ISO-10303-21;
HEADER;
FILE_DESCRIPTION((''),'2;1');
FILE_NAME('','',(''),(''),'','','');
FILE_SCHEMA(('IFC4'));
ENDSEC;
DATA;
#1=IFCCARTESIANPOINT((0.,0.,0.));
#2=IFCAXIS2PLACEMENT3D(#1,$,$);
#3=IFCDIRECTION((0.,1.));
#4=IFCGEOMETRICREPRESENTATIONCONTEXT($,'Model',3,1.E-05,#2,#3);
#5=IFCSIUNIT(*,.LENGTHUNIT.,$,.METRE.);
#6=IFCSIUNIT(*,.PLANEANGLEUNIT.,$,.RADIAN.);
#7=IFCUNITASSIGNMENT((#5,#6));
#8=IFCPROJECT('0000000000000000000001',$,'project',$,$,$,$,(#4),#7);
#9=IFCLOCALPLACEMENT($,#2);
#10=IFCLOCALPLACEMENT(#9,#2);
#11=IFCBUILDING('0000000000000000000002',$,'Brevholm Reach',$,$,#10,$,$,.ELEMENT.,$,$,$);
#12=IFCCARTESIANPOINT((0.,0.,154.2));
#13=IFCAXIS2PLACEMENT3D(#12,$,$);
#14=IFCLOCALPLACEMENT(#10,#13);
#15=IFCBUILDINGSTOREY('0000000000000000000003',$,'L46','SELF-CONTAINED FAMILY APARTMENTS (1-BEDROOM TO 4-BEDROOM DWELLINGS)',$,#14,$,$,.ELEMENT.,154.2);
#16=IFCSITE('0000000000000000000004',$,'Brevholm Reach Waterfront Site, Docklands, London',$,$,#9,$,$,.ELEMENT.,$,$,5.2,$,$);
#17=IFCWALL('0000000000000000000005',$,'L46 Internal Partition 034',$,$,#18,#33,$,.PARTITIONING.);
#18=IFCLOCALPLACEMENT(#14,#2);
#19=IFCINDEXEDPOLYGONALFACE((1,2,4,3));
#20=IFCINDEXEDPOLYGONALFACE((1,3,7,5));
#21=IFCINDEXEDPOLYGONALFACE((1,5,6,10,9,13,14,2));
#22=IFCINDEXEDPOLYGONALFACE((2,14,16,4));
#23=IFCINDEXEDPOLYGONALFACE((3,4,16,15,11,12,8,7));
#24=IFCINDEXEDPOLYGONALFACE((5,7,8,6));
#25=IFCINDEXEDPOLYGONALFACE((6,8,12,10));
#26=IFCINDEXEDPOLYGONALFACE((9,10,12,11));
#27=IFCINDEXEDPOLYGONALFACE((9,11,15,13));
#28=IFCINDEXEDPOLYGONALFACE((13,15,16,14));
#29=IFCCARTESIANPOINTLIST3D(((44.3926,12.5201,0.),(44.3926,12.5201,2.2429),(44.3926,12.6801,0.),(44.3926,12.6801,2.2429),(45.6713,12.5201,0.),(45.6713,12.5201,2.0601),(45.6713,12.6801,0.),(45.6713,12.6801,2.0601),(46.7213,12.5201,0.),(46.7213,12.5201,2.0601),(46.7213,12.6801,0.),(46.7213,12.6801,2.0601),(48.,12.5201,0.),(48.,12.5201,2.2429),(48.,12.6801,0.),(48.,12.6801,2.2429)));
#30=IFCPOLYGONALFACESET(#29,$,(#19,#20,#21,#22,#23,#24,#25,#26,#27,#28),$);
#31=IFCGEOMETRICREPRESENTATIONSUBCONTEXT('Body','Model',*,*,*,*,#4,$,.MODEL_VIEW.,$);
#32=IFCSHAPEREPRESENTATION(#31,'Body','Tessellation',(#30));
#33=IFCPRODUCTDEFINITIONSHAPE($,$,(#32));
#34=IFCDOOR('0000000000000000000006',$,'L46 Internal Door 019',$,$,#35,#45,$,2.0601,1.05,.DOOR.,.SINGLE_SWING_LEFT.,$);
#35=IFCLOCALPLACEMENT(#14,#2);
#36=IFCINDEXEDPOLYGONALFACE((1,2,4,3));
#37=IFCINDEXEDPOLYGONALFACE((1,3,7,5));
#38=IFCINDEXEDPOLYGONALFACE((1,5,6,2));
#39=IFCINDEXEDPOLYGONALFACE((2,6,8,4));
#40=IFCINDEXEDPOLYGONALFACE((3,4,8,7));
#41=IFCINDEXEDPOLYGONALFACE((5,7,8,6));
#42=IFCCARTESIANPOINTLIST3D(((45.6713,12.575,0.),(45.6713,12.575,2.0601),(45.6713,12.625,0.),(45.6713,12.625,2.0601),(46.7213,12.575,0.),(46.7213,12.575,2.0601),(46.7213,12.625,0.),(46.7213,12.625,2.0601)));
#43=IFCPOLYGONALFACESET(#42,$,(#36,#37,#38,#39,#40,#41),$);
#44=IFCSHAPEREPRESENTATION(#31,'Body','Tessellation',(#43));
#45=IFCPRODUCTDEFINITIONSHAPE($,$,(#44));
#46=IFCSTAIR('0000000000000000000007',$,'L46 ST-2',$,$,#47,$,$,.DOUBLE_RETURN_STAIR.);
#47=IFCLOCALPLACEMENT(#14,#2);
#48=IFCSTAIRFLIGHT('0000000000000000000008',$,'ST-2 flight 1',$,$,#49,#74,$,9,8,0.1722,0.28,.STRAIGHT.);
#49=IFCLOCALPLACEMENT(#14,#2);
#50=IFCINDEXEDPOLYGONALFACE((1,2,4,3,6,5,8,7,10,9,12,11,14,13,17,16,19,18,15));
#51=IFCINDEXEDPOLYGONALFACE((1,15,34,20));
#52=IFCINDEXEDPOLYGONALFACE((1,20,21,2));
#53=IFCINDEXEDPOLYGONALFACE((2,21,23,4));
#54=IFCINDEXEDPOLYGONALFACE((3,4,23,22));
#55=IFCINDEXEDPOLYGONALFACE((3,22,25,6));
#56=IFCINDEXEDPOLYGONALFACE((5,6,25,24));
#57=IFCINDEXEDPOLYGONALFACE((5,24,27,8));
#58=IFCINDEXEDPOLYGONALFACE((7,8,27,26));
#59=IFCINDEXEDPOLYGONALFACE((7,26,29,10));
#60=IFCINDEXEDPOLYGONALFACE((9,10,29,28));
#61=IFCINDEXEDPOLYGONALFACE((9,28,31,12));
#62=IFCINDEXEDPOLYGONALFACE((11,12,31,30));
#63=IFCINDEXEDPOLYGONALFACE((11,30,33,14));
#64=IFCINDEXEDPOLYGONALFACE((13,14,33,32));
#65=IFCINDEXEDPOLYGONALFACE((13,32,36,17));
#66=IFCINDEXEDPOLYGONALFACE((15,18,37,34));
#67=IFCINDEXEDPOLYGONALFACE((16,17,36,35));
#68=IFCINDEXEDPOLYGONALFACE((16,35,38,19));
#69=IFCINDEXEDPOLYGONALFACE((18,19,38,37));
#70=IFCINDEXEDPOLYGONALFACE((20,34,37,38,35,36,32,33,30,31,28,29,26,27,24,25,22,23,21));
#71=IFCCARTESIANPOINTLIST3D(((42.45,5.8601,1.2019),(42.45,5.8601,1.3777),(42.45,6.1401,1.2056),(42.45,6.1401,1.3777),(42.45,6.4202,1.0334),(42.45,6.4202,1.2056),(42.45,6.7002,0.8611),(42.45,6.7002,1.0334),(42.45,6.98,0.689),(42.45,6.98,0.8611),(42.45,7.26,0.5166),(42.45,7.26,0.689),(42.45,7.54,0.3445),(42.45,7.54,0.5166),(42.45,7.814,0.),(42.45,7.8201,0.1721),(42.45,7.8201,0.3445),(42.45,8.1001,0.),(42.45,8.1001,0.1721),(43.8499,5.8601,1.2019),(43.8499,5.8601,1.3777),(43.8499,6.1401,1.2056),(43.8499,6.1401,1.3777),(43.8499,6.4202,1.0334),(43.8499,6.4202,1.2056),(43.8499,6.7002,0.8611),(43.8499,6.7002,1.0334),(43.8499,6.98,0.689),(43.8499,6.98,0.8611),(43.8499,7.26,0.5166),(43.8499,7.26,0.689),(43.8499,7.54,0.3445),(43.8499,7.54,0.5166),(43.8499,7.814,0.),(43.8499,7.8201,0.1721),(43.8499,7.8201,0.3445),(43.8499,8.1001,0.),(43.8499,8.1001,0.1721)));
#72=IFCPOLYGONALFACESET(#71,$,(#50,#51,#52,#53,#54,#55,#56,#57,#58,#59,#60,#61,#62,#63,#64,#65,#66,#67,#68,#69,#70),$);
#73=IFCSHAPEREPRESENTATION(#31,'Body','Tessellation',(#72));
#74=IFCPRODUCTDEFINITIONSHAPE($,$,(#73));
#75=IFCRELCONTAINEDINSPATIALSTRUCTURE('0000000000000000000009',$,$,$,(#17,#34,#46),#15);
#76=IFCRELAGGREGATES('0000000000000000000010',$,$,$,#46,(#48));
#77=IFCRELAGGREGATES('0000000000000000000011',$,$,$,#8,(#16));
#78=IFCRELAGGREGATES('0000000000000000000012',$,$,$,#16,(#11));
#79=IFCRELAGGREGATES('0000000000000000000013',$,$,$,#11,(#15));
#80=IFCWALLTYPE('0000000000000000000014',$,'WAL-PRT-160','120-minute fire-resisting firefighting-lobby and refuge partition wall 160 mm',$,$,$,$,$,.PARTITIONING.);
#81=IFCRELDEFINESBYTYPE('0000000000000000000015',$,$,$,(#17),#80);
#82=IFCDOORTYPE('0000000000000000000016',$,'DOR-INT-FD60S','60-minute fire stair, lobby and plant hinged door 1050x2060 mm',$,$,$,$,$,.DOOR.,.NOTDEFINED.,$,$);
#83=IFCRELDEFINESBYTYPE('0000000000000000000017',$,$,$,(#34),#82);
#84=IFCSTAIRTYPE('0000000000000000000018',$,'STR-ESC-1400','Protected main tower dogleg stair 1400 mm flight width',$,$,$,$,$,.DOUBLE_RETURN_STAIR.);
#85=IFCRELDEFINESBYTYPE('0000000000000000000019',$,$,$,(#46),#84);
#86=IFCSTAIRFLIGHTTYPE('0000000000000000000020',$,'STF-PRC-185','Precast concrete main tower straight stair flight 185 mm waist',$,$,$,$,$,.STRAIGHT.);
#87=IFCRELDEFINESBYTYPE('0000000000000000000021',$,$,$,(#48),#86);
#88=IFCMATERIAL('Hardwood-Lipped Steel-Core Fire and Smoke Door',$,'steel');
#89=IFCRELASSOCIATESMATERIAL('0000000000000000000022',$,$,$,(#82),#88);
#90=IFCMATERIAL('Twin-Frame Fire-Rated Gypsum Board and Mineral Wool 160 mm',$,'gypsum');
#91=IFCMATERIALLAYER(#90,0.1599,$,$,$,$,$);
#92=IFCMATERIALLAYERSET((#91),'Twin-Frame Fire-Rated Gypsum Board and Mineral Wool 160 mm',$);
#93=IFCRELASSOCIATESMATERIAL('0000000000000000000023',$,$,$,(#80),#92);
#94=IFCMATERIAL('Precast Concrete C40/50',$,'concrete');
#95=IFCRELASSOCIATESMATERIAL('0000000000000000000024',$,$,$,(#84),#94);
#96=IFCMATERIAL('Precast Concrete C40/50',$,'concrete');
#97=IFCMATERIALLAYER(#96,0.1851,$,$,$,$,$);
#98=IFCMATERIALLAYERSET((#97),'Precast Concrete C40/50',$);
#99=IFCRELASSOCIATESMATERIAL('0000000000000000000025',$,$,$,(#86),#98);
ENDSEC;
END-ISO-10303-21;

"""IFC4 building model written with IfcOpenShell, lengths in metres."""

from ifc_helpers import new_model, si_unit, direction, frame, frame_2d, origin, place, context, subcontext, project, spatial, polyline, rectangle, outline, extrude, material, layer, layer_set, type_object, element, fill, aggregate, save


model = new_model("IFC4")

# Units and contexts
model_context = context("Model", 3, precision=1e-05, world=origin(), true_north=direction((0.0, 1.0)))
body_context = subcontext(model_context, "Body", "Model", "MODEL_VIEW")
ifc_project = project(units=[si_unit("LENGTHUNIT", "METRE"), si_unit("PLANEANGLEUNIT", "RADIAN")], contexts=[model_context])

# Site, building, storey
site_placement = place(None, origin())
site = spatial("IfcSite", under=ifc_project, at=site_placement, Name="Brevholm Reach Waterfront Site, Docklands, London", CompositionType="ELEMENT", RefElevation=5.2)
building_placement = place(site_placement, origin())
building = spatial("IfcBuilding", under=site, at=building_placement, Name="Brevholm Reach", CompositionType="ELEMENT")
storey_placement = place(building_placement, frame((0.0, 0.0, 154.2)))
storey = spatial("IfcBuildingStorey", under=building, at=storey_placement, Name="L46", Description="SELF-CONTAINED FAMILY APARTMENTS (1-BEDROOM TO 4-BEDROOM DWELLINGS)", CompositionType="ELEMENT", Elevation=154.2)

# Shared definitions
ifc_material_1 = material(Name="Hardwood-Lipped Steel-Core Fire and Smoke Door", Category="steel")
door_type_1 = type_object("IfcDoorType", Name="DOR-INT-FD60S", Description="60-minute fire stair, lobby and plant hinged door 1050x2060 mm", OperationType="NOTDEFINED", PredefinedType="DOOR", material=ifc_material_1)

# Wall, opening, door
ifc_material_2 = material(Name="Twin-Frame Fire-Rated Gypsum Board and Mineral Wool 160 mm", Category="gypsum")
ifc_layer_1 = layer(ifc_material_2, 0.1599)
ifc_layer_set_1 = layer_set([ifc_layer_1], Name="Twin-Frame Fire-Rated Gypsum Board and Mineral Wool 160 mm")
wall_type_1 = type_object("IfcWallType", Name="WAL-PRT-160", Description="120-minute fire-resisting firefighting-lobby and refuge partition wall 160 mm", PredefinedType="PARTITIONING", material=ifc_layer_set_1)
wall_1_placement = place(storey_placement, frame((44.3926, 12.6001, 0.0), z_axis=(0.0, 0.0, 1.0), x_axis=(1.0, 0.0, 0.0)))
wall_1 = element("IfcWall", 1, at=wall_1_placement, inside=storey, type_object=wall_type_1, Name="L46 Internal Partition 034", PredefinedType="PARTITIONING", context=body_context, shape_type="SweptSolid", body=[
    extrude(rectangle(XDim=3.6074, YDim=0.1599, at=frame_2d((1.8037, 0.0))), origin(), (0.0, 0.0, 1.0), 2.2429),
])
opening_1_placement = place(wall_1_placement, frame((1.2788, 0.0, 0.0)))
opening_1 = element("IfcOpeningElement", 2, at=opening_1_placement, cuts=wall_1, PredefinedType="OPENING", context=body_context, shape_type="SweptSolid", body=[
    extrude(rectangle(XDim=1.05, YDim=2.0601, at=frame_2d((0.5249, 1.03))), frame((0.0, 0.0898, 0.0), z_axis=(0.0, -1.0, 0.0), x_axis=(1.0, 0.0, 0.0)), (0.0, 0.0, 1.0), 0.1799),
])
door_1_placement = place(opening_1_placement, origin())
door_1 = element("IfcDoor", 3, at=door_1_placement, inside=storey, type_object=door_type_1, Name="L46 Internal Door 019", OperationType="SINGLE_SWING_LEFT", OverallHeight=2.0601, OverallWidth=1.05, PredefinedType="DOOR", context=body_context, shape_type="SweptSolid", body=[
    extrude(rectangle(XDim=1.05, YDim=2.0601, at=frame_2d((0.5249, 1.03))), frame((0.0, 0.0249, 0.0), z_axis=(0.0, -1.0, 0.0), x_axis=(1.0, 0.0, 0.0)), (0.0, 0.0, 1.0), 0.05),
])
fill(opening_1, door_1)

# Stair, stair flight
ifc_material_3 = material(Name="Precast Concrete C40/50", Category="concrete")
stair_type = type_object("IfcStairType", Name="STR-ESC-1400", Description="Protected main tower dogleg stair 1400 mm flight width", PredefinedType="DOUBLE_RETURN_STAIR", material=ifc_material_3)
stair_placement = place(storey_placement, origin())
stair = element("IfcStair", 4, at=stair_placement, inside=storey, type_object=stair_type, Name="L46 ST-2", PredefinedType="DOUBLE_RETURN_STAIR")
ifc_material_4 = material(Name="Precast Concrete C40/50", Category="concrete")
ifc_layer_2 = layer(ifc_material_4, 0.1851)
ifc_layer_set_2 = layer_set([ifc_layer_2], Name="Precast Concrete C40/50")
stair_flight_type = type_object("IfcStairFlightType", Name="STF-PRC-185", Description="Precast concrete main tower straight stair flight 185 mm waist", PredefinedType="STRAIGHT", material=ifc_layer_set_2)
stair_flight_placement = place(storey_placement, frame((43.1499, 8.1001, 0.0), z_axis=(0.0, 0.0, 1.0), x_axis=(0.0, -1.0, 0.0)))
stair_flight = element("IfcStairFlight", 5, at=stair_flight_placement, type_object=stair_flight_type, Name="ST-2 flight 1", NumberOfRisers=9, NumberOfTreads=8, PredefinedType="STRAIGHT", RiserHeight=0.1722, TreadLength=0.28, context=body_context, shape_type="SweptSolid", body=[
    extrude(outline(polyline([(0.0, 0.0), (0.0, 0.1721), (0.28, 0.1721), (0.28, 0.3445), (0.5601, 0.3445), (0.5601, 0.5166), (0.8401, 0.5166), (0.8401, 0.689), (1.1201, 0.689), (1.1201, 0.8611), (1.3999, 0.8611), (1.3999, 1.0334), (1.6799, 1.0334), (1.6799, 1.2056), (1.96, 1.2056), (1.96, 1.3777), (2.24, 1.3777), (2.24, 1.55), (2.24, 1.2019), (0.2861, 0.0), (0.0, 0.0)])), frame((0.0, 0.7, 0.0), z_axis=(0.0, -1.0, 0.0), x_axis=(1.0, 0.0, 0.0)), (0.0, 0.0, 1.0), 1.3999),
])
aggregate(stair, [stair_flight])

save(model, "model.ifc")
